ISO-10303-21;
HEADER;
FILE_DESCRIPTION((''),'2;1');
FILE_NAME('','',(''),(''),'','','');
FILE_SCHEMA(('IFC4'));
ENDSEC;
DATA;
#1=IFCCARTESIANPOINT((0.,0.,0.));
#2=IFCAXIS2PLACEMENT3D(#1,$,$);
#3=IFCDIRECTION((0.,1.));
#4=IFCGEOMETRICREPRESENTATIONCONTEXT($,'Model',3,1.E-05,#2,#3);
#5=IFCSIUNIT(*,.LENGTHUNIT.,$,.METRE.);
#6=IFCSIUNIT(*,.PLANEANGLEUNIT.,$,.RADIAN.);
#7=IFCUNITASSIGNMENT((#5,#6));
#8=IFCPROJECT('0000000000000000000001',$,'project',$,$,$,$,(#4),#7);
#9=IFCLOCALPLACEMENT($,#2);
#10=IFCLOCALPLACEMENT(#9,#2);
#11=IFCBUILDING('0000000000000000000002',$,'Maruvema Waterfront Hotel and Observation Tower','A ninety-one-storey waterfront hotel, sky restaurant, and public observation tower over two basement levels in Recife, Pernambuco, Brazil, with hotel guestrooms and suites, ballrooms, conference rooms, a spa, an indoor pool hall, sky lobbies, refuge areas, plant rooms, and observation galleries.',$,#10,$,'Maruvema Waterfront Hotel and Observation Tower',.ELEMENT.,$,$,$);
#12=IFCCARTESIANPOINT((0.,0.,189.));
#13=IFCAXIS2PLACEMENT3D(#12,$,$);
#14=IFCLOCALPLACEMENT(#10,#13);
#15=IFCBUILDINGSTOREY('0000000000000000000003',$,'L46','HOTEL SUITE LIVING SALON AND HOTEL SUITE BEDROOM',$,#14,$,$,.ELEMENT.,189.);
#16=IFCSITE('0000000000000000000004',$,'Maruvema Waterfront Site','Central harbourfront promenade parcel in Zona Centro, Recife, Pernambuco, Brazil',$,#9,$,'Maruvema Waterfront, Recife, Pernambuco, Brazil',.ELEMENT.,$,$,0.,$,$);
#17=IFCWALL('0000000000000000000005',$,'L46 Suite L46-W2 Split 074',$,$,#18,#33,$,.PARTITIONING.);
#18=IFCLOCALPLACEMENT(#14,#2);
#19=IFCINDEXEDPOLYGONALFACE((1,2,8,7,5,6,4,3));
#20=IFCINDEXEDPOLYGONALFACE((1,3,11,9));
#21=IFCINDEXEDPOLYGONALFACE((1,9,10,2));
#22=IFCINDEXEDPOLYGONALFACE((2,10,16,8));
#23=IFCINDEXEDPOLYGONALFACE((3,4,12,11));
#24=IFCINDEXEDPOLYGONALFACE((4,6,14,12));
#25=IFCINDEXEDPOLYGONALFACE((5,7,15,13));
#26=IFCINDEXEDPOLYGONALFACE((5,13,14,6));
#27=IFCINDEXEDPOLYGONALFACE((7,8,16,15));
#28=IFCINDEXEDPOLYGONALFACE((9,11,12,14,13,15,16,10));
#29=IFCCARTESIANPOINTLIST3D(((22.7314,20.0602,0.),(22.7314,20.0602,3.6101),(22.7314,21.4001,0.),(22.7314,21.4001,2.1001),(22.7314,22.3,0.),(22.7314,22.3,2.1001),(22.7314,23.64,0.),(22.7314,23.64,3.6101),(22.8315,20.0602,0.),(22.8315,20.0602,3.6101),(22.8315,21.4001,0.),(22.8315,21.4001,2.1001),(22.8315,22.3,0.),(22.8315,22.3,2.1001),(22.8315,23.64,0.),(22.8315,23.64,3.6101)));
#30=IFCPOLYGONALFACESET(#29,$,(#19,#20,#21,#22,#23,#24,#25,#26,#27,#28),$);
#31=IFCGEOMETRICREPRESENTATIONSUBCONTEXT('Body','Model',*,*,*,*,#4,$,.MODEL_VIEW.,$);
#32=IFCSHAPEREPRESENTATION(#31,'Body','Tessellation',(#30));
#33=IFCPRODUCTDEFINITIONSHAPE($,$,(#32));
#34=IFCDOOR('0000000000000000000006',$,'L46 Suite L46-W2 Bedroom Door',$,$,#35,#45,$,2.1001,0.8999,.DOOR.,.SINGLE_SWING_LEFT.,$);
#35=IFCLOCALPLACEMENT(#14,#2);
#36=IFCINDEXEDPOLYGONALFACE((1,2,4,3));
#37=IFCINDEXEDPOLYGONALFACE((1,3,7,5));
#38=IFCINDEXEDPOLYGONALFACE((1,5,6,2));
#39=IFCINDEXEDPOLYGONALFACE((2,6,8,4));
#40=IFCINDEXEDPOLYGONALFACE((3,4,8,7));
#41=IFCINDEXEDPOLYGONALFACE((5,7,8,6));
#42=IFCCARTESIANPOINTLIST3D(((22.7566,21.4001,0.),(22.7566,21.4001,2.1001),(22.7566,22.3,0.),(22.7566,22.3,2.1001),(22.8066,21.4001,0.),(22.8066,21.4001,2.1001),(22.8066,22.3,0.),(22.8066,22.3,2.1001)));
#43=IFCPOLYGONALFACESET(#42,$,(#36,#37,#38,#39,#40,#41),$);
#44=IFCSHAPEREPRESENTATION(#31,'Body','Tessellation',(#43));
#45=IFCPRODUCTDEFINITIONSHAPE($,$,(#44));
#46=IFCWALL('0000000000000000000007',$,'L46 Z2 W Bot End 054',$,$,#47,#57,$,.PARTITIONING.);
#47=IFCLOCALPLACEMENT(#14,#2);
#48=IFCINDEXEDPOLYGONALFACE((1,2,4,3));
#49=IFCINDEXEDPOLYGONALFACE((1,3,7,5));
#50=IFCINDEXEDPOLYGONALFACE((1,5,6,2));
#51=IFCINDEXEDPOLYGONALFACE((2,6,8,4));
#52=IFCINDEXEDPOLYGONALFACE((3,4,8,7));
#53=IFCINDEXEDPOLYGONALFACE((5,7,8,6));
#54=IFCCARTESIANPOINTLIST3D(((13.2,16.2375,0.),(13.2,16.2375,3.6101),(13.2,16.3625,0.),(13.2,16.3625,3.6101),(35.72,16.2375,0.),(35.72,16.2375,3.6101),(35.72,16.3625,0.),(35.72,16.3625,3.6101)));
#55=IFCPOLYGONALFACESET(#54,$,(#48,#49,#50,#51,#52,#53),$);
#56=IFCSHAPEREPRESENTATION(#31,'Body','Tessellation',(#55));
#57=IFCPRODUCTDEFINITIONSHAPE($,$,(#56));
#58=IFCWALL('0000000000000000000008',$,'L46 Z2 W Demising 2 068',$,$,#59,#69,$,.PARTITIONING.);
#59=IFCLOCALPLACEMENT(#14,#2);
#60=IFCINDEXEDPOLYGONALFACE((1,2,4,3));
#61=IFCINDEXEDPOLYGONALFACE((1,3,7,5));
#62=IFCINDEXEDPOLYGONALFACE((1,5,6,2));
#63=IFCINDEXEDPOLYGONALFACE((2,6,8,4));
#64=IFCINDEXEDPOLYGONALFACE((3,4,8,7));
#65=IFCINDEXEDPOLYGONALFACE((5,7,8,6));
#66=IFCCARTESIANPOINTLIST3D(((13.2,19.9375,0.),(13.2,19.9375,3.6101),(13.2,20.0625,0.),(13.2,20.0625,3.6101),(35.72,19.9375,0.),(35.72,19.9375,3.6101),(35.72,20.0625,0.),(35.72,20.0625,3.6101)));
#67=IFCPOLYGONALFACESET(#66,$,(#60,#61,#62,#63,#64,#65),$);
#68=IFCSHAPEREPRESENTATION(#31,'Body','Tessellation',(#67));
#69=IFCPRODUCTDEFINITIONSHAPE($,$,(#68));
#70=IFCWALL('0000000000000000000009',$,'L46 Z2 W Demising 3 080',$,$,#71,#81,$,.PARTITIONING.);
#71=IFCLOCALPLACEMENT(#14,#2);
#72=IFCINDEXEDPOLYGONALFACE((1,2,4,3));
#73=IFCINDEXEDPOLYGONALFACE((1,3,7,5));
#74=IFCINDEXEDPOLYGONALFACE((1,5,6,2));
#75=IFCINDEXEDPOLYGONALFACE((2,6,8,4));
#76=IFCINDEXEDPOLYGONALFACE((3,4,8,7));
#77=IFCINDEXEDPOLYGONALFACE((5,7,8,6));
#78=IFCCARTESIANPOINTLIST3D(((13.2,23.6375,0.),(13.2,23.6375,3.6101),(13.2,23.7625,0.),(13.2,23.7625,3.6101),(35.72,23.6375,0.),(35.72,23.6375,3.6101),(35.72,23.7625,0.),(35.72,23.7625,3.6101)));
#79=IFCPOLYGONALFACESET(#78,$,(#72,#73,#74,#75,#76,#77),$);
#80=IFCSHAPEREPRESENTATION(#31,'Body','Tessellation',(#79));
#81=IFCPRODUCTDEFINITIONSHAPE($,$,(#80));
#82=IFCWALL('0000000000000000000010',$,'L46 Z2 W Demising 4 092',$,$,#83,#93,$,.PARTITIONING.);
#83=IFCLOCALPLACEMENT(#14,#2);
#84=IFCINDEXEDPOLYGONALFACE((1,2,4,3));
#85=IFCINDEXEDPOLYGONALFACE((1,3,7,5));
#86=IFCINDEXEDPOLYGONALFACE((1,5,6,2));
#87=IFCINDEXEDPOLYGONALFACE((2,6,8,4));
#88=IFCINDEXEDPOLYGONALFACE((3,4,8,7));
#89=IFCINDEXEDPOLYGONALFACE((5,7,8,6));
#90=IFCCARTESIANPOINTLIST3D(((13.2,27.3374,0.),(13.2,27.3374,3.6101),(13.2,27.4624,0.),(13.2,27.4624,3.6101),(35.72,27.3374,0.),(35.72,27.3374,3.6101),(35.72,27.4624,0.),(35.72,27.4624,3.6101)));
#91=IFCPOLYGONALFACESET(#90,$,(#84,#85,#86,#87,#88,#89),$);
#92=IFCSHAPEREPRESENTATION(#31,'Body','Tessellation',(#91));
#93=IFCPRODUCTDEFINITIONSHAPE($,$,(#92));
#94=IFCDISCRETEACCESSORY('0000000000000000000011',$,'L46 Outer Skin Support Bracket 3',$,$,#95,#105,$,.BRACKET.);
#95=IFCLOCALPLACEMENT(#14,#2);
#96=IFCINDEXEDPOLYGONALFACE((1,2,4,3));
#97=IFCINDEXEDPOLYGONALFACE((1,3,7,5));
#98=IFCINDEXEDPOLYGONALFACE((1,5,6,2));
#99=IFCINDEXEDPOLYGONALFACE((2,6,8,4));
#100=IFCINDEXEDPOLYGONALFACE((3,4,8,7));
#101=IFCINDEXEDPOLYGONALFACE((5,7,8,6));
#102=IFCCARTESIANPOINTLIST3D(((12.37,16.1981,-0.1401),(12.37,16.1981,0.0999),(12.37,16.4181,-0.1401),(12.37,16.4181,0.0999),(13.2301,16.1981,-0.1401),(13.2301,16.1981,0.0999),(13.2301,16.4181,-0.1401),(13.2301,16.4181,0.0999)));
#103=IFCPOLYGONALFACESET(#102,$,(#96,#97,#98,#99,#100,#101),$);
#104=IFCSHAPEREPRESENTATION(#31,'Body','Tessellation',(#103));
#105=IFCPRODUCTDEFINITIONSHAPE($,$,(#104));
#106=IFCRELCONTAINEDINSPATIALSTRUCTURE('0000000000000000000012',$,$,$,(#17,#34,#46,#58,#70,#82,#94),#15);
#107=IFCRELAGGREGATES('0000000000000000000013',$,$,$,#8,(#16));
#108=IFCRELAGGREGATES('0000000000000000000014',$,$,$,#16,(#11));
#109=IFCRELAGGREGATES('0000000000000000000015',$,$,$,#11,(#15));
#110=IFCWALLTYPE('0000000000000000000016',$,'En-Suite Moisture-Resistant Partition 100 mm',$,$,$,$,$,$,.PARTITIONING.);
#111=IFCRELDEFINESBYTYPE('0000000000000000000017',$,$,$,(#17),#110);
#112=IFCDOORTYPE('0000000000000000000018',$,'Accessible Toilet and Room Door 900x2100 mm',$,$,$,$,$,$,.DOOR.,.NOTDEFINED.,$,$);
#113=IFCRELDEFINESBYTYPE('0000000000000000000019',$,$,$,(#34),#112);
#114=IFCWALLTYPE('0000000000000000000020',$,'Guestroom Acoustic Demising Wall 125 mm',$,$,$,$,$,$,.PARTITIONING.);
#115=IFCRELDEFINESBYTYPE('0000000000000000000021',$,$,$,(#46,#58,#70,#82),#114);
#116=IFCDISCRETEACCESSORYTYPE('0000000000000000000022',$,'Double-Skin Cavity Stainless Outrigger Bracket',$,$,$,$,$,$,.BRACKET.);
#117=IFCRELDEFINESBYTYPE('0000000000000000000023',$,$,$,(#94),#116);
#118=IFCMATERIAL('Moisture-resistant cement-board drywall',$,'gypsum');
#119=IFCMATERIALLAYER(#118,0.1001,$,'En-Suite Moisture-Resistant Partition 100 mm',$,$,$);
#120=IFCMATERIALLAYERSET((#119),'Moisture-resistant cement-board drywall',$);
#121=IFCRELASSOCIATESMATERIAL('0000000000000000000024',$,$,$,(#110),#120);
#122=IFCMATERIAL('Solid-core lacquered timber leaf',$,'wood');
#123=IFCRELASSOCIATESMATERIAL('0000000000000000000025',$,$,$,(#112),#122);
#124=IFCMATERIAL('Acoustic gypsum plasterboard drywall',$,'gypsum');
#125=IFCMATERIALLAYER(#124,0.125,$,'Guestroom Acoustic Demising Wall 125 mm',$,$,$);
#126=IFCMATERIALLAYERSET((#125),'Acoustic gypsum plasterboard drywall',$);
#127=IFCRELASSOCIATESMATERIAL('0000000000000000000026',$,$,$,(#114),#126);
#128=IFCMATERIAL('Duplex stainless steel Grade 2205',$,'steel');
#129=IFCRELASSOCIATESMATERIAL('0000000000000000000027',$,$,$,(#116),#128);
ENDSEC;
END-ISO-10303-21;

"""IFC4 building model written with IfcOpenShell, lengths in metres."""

from ifc_helpers import new_model, si_unit, direction, frame, frame_2d, origin, origin_2d, place, context, subcontext, project, spatial, rectangle, extrude, material, layer, layer_set, type_object, element, fill, save


model = new_model("IFC4")

# Units and contexts
model_context = context("Model", 3, precision=1e-05, world=origin(), true_north=direction((0.0, 1.0)))
body_context = subcontext(model_context, "Body", "Model", "MODEL_VIEW")
ifc_project = project(units=[si_unit("LENGTHUNIT", "METRE"), si_unit("PLANEANGLEUNIT", "RADIAN")], contexts=[model_context])

# Site, building, storey
site_placement = place(None, origin())
site = spatial("IfcSite", under=ifc_project, at=site_placement, Name="Maruvema Waterfront Site", Description="Central harbourfront promenade parcel in Zona Centro, Recife, Pernambuco, Brazil", LongName="Maruvema Waterfront, Recife, Pernambuco, Brazil", CompositionType="ELEMENT", RefElevation=0.0)
building_placement = place(site_placement, origin())
building = spatial("IfcBuilding", under=site, at=building_placement, Name="Maruvema Waterfront Hotel and Observation Tower", Description="A ninety-one-storey waterfront hotel, sky restaurant, and public observation tower over two basement levels in Recife, Pernambuco, Brazil, with hotel guestrooms and suites, ballrooms, conference rooms, a spa, an indoor pool hall, sky lobbies, refuge areas, plant rooms, and observation galleries.", LongName="Maruvema Waterfront Hotel and Observation Tower", CompositionType="ELEMENT")
storey_placement = place(building_placement, frame((0.0, 0.0, 189.0)))
storey = spatial("IfcBuildingStorey", under=building, at=storey_placement, Name="L46", Description="HOTEL SUITE LIVING SALON AND HOTEL SUITE BEDROOM", CompositionType="ELEMENT", Elevation=189.0)

# Wall, opening, door
ifc_material_1 = material(Name="Moisture-resistant cement-board drywall", Category="gypsum")
ifc_layer_1 = layer(ifc_material_1, 0.1001, Name="En-Suite Moisture-Resistant Partition 100 mm")
ifc_layer_set_1 = layer_set([ifc_layer_1], Name="Moisture-resistant cement-board drywall")
wall_type_1 = type_object("IfcWallType", Name="En-Suite Moisture-Resistant Partition 100 mm", PredefinedType="PARTITIONING", material=ifc_layer_set_1)
ifc_material_2 = material(Name="Solid-core lacquered timber leaf", Category="wood")
door_type = type_object("IfcDoorType", Name="Accessible Toilet and Room Door 900x2100 mm", OperationType="NOTDEFINED", PredefinedType="DOOR", material=ifc_material_2)
wall_1_placement = place(storey_placement, frame((22.7815, 20.0601, 0.0), z_axis=(0.0, 0.0, 1.0), x_axis=(0.0, 1.0, 0.0)))
wall_1 = element("IfcWall", 1, at=wall_1_placement, inside=storey, type_object=wall_type_1, Name="L46 Suite L46-W2 Split 074", PredefinedType="PARTITIONING", context=body_context, shape_type="SweptSolid", body=[
    extrude(rectangle(XDim=3.5798, YDim=0.1001, at=frame_2d((1.79, 0.0))), origin(), (0.0, 0.0, 1.0), 3.6101),
])
opening_1_placement = place(wall_1_placement, frame((1.3401, 0.0, 0.0)))
opening_1 = element("IfcOpeningElement", 2, at=opening_1_placement, cuts=wall_1, PredefinedType="OPENING", context=body_context, shape_type="SweptSolid", body=[
    extrude(rectangle(XDim=0.8999, YDim=2.1001, at=frame_2d((0.45, 1.05))), frame((0.0, 0.0601, 0.0), z_axis=(0.0, -1.0, 0.0), x_axis=(1.0, 0.0, 0.0)), (0.0, 0.0, 1.0), 0.1201),
])
door_1_placement = place(opening_1_placement, origin())
door_1 = element("IfcDoor", 3, at=door_1_placement, inside=storey, type_object=door_type, Name="L46 Suite L46-W2 Bedroom Door", OperationType="SINGLE_SWING_LEFT", OverallHeight=2.1001, OverallWidth=0.8999, PredefinedType="DOOR", context=body_context, shape_type="SweptSolid", body=[
    extrude(rectangle(XDim=0.8999, YDim=2.1001, at=frame_2d((0.45, 1.05))), frame((0.0, 0.0249, 0.0), z_axis=(0.0, -1.0, 0.0), x_axis=(1.0, 0.0, 0.0)), (0.0, 0.0, 1.0), 0.05),
])
fill(opening_1, door_1)

# Walls
ifc_material_3 = material(Name="Acoustic gypsum plasterboard drywall", Category="gypsum")
ifc_layer_2 = layer(ifc_material_3, 0.125, Name="Guestroom Acoustic Demising Wall 125 mm")
ifc_layer_set_2 = layer_set([ifc_layer_2], Name="Acoustic gypsum plasterboard drywall")
wall_type_2 = type_object("IfcWallType", Name="Guestroom Acoustic Demising Wall 125 mm", PredefinedType="PARTITIONING", material=ifc_layer_set_2)
for number, where, z_axis, x_axis, name in (
    (4, (13.2, 16.3, 0.0), (0.0, 0.0, 1.0), (1.0, 0.0, 0.0), "L46 Z2 W Bot End 054"),
    (5, (13.2, 20.0, 0.0), (0.0, 0.0, 1.0), (1.0, 0.0, 0.0), "L46 Z2 W Demising 2 068"),
    (6, (13.2, 23.7, 0.0), (0.0, 0.0, 1.0), (1.0, 0.0, 0.0), "L46 Z2 W Demising 3 080"),
    (7, (13.2, 27.3999, 0.0), (0.0, 0.0, 1.0), (1.0, 0.0, 0.0), "L46 Z2 W Demising 4 092"),
):
    element("IfcWall", number, at=place(storey_placement, frame(where, z_axis=z_axis, x_axis=x_axis)), inside=storey, type_object=wall_type_2, Name=name, PredefinedType="PARTITIONING", context=body_context, shape_type="SweptSolid", body=[
        extrude(rectangle(XDim=22.52, YDim=0.125, at=frame_2d((11.26, 0.0))), origin(), (0.0, 0.0, 1.0), 3.6101),
    ])

# Discrete accessory
ifc_material_4 = material(Name="Duplex stainless steel Grade 2205", Category="steel")
discrete_accessory_type = type_object("IfcDiscreteAccessoryType", Name="Double-Skin Cavity Stainless Outrigger Bracket", PredefinedType="BRACKET", material=ifc_material_4)
discrete_accessory_placement = place(storey_placement, frame((12.8, 16.3081, -0.1401), z_axis=(0.0, 0.0, 1.0), x_axis=(0.0, -1.0, 0.0)))
element("IfcDiscreteAccessory", 8, at=discrete_accessory_placement, inside=storey, type_object=discrete_accessory_type, Name="L46 Outer Skin Support Bracket 3", PredefinedType="BRACKET", context=body_context, shape_type="SweptSolid", body=[
    extrude(rectangle(XDim=0.22, YDim=0.8601, at=origin_2d()), origin(), (0.0, 0.0, 1.0), 0.24),
])

save(model, "model.ifc")
